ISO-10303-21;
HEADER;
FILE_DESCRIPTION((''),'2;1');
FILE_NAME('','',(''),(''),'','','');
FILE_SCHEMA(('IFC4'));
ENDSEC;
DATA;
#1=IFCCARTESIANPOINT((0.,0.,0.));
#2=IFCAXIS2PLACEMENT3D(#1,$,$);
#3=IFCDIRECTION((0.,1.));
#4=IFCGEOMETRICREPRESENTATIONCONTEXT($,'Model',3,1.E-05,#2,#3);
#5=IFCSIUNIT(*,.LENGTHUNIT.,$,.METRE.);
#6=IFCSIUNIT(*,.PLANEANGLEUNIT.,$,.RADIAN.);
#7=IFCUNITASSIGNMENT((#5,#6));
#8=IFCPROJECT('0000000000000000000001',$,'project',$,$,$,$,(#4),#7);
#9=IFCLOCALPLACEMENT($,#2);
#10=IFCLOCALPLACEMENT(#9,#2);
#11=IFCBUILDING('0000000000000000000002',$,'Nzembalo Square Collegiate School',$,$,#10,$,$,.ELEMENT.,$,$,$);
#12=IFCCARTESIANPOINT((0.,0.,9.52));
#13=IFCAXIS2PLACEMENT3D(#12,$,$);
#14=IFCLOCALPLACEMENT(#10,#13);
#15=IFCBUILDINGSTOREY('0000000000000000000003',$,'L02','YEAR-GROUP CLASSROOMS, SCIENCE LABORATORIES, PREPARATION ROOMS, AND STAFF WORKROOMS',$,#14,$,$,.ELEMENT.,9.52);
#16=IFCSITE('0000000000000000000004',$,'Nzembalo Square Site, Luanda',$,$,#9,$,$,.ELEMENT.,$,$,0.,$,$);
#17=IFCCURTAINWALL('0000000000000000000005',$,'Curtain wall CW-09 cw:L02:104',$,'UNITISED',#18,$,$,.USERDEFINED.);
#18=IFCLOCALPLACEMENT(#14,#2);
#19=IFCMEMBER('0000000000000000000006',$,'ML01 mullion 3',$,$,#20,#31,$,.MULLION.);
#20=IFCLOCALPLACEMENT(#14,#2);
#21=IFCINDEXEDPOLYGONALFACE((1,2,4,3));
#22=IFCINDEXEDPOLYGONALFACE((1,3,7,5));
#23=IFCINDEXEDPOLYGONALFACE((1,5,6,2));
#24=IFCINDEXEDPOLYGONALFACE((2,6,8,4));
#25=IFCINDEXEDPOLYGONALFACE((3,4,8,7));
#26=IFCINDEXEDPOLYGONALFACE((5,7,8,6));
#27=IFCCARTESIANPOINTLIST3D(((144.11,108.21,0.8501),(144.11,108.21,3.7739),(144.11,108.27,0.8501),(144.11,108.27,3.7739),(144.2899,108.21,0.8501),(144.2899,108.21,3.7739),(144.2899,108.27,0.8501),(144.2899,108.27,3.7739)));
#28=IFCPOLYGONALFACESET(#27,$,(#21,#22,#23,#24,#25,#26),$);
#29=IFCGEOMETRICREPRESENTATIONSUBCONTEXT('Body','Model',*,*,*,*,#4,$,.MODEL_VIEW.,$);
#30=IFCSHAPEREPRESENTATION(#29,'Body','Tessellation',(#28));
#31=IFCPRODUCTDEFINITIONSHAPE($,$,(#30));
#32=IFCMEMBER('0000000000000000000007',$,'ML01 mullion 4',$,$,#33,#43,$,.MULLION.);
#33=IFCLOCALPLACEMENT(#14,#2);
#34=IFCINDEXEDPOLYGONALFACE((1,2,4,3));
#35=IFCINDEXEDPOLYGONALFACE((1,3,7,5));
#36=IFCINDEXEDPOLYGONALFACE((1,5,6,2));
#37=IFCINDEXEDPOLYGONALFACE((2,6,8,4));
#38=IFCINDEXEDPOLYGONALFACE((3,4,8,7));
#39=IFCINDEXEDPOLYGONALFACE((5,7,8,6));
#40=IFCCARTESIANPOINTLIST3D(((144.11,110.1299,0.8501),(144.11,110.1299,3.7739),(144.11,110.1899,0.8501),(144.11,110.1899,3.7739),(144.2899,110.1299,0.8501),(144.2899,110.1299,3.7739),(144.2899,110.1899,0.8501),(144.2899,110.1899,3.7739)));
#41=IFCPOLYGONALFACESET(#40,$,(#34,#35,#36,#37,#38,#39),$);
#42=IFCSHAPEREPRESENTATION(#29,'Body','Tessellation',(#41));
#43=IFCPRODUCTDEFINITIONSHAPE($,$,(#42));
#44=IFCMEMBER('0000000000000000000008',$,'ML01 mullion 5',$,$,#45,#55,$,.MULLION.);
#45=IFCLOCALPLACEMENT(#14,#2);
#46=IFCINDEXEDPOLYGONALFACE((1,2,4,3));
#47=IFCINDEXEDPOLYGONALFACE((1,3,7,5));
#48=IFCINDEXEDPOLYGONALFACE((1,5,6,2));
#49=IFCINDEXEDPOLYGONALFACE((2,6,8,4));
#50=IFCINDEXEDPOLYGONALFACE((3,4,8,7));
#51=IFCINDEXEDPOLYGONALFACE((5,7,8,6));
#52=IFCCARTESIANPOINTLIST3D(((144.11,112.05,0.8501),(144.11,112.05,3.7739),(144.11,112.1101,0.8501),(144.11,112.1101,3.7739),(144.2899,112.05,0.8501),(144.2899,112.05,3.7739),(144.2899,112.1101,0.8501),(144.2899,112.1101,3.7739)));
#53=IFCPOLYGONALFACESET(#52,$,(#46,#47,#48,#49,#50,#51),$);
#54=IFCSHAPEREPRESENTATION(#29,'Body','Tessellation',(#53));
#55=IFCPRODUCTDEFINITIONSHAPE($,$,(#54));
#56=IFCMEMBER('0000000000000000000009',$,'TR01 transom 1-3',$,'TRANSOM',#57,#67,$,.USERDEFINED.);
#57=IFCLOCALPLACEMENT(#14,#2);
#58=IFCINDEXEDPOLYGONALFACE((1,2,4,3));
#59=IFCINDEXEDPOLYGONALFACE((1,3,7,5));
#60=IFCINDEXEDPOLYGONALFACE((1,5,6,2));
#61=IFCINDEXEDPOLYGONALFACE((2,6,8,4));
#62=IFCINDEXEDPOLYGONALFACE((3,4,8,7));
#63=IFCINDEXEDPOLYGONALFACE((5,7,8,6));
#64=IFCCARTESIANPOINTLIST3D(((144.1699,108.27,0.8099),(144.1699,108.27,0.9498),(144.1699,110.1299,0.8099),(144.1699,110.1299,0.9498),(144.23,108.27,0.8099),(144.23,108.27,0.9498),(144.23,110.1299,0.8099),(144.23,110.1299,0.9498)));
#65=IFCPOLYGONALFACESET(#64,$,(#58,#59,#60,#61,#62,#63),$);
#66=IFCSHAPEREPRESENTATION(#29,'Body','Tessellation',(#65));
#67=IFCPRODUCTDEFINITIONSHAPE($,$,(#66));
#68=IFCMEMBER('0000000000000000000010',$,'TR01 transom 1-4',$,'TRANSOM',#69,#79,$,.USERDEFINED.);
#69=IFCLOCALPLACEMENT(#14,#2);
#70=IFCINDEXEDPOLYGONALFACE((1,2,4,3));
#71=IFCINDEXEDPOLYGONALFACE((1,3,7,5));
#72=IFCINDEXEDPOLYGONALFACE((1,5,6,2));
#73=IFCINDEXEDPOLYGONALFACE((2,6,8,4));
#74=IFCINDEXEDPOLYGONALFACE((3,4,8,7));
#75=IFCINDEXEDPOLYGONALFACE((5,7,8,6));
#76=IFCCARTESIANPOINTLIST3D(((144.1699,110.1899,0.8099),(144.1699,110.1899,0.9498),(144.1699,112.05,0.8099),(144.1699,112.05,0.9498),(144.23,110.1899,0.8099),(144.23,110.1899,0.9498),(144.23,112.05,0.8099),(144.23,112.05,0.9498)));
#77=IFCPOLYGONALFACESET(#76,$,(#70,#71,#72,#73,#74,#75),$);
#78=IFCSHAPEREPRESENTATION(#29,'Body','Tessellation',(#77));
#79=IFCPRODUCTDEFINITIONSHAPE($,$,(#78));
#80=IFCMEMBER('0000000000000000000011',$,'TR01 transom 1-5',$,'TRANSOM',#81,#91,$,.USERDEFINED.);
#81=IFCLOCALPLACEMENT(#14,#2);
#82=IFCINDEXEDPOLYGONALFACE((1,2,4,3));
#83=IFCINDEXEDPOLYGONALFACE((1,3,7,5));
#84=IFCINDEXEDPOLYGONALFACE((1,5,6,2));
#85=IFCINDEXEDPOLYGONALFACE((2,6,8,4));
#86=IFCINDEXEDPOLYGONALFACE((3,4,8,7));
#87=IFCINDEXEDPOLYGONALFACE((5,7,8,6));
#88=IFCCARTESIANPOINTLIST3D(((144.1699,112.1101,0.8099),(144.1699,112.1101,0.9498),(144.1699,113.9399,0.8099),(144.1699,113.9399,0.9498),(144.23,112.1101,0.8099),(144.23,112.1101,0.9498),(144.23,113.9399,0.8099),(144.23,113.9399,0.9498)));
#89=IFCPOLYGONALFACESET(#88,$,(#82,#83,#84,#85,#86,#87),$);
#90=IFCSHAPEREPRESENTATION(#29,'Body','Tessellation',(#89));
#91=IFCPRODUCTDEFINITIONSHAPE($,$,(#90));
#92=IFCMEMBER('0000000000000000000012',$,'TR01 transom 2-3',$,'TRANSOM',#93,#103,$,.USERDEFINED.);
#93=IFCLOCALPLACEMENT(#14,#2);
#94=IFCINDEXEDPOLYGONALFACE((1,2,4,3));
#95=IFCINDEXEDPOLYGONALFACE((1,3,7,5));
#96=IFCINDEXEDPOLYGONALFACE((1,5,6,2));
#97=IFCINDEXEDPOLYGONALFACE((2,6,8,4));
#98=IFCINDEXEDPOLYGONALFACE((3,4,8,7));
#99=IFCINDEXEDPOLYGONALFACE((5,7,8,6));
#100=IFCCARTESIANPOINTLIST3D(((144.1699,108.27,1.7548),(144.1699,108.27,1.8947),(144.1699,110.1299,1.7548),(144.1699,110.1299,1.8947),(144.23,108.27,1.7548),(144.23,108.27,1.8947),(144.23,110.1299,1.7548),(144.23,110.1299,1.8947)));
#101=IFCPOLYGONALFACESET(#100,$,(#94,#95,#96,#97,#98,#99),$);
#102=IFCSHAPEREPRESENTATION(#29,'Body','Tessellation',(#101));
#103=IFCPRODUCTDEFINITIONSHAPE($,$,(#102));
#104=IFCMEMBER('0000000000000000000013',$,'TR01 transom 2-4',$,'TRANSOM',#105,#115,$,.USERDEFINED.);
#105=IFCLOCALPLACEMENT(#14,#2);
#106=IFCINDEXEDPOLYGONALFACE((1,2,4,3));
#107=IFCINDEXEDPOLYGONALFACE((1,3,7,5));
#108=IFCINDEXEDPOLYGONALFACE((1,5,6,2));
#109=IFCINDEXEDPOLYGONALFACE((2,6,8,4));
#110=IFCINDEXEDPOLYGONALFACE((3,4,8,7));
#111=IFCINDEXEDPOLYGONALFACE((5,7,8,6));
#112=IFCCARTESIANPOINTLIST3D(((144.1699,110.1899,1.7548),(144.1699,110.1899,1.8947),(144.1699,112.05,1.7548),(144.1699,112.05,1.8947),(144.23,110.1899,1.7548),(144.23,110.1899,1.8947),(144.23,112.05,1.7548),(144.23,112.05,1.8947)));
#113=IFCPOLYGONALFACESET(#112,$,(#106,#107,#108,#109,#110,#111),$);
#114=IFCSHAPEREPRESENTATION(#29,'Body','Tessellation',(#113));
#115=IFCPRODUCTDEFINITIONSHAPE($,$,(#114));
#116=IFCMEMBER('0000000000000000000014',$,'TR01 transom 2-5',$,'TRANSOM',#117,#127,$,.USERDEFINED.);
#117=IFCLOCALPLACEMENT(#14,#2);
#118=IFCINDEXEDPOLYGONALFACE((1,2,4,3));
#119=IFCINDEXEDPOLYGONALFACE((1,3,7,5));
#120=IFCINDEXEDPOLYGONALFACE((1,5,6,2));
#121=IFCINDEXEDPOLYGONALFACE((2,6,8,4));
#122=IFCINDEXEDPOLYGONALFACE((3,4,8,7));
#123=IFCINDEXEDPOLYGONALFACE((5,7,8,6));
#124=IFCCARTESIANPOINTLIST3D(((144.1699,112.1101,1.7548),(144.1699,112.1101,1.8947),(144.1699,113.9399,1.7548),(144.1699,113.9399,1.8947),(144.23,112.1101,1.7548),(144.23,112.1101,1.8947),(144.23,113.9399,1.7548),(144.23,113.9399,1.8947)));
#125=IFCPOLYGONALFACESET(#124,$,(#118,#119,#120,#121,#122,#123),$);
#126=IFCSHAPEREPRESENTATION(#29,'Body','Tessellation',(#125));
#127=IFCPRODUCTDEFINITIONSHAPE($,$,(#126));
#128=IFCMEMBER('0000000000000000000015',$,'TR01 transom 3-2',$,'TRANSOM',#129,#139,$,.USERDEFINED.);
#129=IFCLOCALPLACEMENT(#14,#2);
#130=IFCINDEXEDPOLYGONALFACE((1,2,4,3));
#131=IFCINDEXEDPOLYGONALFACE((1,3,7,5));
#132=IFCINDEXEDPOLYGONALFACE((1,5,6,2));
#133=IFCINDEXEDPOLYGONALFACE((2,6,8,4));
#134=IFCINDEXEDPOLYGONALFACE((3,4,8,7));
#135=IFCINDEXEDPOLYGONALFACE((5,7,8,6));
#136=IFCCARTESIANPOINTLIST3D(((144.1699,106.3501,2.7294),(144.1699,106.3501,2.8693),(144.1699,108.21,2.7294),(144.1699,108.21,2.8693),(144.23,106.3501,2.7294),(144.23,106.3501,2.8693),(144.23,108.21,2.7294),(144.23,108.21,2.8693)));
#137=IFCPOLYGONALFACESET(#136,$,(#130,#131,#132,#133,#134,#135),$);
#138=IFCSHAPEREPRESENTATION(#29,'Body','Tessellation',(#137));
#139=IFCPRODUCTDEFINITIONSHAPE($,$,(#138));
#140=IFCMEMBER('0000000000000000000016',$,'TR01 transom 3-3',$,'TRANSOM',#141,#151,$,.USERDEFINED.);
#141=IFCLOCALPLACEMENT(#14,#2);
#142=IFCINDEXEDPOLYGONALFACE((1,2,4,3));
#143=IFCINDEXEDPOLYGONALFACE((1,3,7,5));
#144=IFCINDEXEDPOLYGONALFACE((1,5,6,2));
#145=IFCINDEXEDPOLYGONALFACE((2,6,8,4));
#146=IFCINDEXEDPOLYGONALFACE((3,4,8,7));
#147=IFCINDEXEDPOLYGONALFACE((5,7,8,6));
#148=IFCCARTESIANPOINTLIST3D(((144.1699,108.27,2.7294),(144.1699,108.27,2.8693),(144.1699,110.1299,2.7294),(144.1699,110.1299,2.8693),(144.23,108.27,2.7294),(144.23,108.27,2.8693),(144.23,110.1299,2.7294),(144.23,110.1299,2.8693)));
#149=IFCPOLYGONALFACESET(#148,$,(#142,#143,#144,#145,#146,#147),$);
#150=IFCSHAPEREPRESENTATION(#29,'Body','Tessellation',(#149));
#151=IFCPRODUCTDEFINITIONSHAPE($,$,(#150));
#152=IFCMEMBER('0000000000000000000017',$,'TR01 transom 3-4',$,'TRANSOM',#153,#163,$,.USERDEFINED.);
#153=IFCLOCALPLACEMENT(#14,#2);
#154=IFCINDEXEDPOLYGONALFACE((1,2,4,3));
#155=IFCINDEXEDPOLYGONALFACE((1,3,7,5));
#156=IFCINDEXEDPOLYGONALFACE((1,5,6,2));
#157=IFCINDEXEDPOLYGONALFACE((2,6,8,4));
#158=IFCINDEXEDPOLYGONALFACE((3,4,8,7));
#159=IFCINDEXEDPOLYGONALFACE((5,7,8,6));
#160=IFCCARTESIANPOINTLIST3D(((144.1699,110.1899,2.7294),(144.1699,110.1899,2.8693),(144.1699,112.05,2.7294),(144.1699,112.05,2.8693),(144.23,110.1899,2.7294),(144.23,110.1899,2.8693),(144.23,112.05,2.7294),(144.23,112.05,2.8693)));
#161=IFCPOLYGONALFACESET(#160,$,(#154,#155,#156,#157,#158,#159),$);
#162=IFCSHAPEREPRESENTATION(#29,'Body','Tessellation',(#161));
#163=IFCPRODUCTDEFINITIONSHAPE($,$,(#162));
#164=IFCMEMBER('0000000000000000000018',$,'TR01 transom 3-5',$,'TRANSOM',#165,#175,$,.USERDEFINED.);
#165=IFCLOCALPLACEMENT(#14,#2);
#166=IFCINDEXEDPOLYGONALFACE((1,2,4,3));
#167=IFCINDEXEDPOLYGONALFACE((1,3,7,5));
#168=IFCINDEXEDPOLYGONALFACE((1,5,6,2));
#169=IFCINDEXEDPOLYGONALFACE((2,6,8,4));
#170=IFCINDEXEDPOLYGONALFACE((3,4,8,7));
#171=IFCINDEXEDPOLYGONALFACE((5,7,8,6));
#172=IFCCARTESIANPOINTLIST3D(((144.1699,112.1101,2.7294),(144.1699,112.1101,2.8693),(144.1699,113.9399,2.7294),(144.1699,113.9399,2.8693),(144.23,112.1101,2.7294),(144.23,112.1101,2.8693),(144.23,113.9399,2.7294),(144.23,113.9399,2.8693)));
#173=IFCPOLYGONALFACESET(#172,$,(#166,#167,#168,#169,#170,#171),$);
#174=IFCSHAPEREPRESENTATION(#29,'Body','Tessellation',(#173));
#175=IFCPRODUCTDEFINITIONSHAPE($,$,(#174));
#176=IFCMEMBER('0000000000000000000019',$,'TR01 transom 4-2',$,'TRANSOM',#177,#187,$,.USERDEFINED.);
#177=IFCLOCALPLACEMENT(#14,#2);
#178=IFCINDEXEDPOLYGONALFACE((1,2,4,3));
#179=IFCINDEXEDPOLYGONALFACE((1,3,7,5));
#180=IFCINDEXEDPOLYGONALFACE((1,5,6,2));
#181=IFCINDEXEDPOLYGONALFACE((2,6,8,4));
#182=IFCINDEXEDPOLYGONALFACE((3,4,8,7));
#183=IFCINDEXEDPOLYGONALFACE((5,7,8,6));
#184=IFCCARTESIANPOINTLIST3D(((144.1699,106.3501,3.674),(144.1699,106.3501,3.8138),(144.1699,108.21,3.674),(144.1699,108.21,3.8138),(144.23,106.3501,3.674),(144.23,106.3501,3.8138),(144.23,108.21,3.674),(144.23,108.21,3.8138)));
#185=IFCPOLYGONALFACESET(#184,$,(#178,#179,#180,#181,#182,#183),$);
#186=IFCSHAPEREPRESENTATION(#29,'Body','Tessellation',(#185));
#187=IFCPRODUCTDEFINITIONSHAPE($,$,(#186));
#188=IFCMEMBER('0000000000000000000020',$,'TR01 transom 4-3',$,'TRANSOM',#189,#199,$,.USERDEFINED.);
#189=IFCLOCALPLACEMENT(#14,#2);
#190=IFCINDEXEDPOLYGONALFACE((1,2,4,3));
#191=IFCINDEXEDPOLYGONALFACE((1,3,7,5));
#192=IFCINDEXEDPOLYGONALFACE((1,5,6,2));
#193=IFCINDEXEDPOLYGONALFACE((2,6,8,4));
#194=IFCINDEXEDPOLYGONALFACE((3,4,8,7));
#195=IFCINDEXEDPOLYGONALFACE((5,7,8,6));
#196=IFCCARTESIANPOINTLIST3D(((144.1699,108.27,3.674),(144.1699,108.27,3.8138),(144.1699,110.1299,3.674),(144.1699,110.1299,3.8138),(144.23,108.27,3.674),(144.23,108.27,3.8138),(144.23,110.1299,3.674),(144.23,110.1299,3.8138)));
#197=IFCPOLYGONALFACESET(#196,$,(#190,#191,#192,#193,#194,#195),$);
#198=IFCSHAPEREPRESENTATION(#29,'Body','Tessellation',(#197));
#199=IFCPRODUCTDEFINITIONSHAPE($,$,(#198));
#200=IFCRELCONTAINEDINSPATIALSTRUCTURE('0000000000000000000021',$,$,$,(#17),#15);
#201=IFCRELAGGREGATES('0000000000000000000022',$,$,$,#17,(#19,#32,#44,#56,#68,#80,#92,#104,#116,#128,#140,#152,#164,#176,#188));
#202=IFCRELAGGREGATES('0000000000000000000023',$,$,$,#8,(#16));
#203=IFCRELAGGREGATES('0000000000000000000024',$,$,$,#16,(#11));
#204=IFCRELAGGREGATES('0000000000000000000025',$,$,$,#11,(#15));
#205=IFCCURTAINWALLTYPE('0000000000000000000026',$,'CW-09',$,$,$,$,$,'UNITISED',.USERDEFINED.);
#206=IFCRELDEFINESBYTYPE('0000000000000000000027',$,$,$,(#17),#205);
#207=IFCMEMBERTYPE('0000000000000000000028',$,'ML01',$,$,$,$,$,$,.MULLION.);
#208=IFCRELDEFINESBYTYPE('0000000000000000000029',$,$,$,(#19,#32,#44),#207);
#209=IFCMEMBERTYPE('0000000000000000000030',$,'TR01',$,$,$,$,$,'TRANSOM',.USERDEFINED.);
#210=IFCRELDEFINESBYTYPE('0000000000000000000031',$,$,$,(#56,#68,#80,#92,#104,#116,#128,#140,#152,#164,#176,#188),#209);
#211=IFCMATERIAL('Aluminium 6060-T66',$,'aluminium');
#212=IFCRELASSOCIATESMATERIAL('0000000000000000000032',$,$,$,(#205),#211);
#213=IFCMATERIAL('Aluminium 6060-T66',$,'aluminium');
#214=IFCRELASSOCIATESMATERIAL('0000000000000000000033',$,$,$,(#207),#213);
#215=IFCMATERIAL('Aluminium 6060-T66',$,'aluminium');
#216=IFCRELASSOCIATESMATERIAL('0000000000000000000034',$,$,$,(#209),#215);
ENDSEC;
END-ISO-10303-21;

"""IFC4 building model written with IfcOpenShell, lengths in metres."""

from ifc_helpers import new_model, si_unit, direction, frame, origin, origin_2d, place, context, subcontext, project, spatial, rectangle, extrude, material, material_profile, profile_set, type_object, element, aggregate, save


model = new_model("IFC4")

# Units and contexts
model_context = context("Model", 3, precision=1e-05, world=origin(), true_north=direction((0.0, 1.0)))
body_context = subcontext(model_context, "Body", "Model", "MODEL_VIEW")
ifc_project = project(units=[si_unit("LENGTHUNIT", "METRE"), si_unit("PLANEANGLEUNIT", "RADIAN")], contexts=[model_context])

# Site, building, storey
site_placement = place(None, origin())
site = spatial("IfcSite", under=ifc_project, at=site_placement, Name="Nzembalo Square Site, Luanda", CompositionType="ELEMENT", RefElevation=0.0)
building_placement = place(site_placement, origin())
building = spatial("IfcBuilding", under=site, at=building_placement, Name="Nzembalo Square Collegiate School", CompositionType="ELEMENT")
storey_placement = place(building_placement, frame((0.0, 0.0, 9.52)))
storey = spatial("IfcBuildingStorey", under=building, at=storey_placement, Name="L02", Description="YEAR-GROUP CLASSROOMS, SCIENCE LABORATORIES, PREPARATION ROOMS, AND STAFF WORKROOMS", CompositionType="ELEMENT", Elevation=9.52)

# Curtain wall, members
ifc_material_1 = material(Name="Aluminium 6060-T66", Category="aluminium")
curtain_wall_type = type_object("IfcCurtainWallType", Name="CW-09", ElementType="UNITISED", PredefinedType="USERDEFINED", material=ifc_material_1)
curtain_wall_placement = place(storey_placement, origin())
curtain_wall = element("IfcCurtainWall", 1, at=curtain_wall_placement, inside=storey, type_object=curtain_wall_type, Name="Curtain wall CW-09 cw:L02:104", ObjectType="UNITISED", PredefinedType="USERDEFINED")
ifc_material_2 = material(Name="Aluminium 6060-T66", Category="aluminium")
ifc_material_profile_1 = material_profile(ifc_material_2, rectangle(XDim=0.0601, YDim=0.1799, at=origin_2d()), Name="ALU M60x180")
ifc_profile_set_1 = profile_set([ifc_material_profile_1], Name="Aluminium 6060-T66")
member_type_1 = type_object("IfcMemberType", Name="ML01", PredefinedType="MULLION", material=ifc_profile_set_1)
member_1_placement = place(storey_placement, frame((144.2, 108.24, 0.8501), z_axis=(0.0, 0.0, 1.0), x_axis=(0.0, 1.0, 0.0)))
member_1 = element("IfcMember", 2, at=member_1_placement, type_object=member_type_1, Name="ML01 mullion 3", PredefinedType="MULLION", context=body_context, shape_type="SweptSolid", body=[
    extrude(rectangle(XDim=0.0601, YDim=0.1799, at=origin_2d()), origin(), (0.0, 0.0, 1.0), 2.9238),
])
member_2_placement = place(storey_placement, frame((144.2, 110.1599, 0.8501), z_axis=(0.0, 0.0, 1.0), x_axis=(0.0, 1.0, 0.0)))
member_2 = element("IfcMember", 3, at=member_2_placement, type_object=member_type_1, Name="ML01 mullion 4", PredefinedType="MULLION", context=body_context, shape_type="SweptSolid", body=[
    extrude(rectangle(XDim=0.0601, YDim=0.1799, at=origin_2d()), origin(), (0.0, 0.0, 1.0), 2.9238),
])
member_3_placement = place(storey_placement, frame((144.2, 112.0801, 0.8501), z_axis=(0.0, 0.0, 1.0), x_axis=(0.0, 1.0, 0.0)))
member_3 = element("IfcMember", 4, at=member_3_placement, type_object=member_type_1, Name="ML01 mullion 5", PredefinedType="MULLION", context=body_context, shape_type="SweptSolid", body=[
    extrude(rectangle(XDim=0.0601, YDim=0.1799, at=origin_2d()), origin(), (0.0, 0.0, 1.0), 2.9238),
])
ifc_material_3 = material(Name="Aluminium 6060-T66", Category="aluminium")
ifc_material_profile_2 = material_profile(ifc_material_3, rectangle(XDim=0.0601, YDim=0.1399, at=origin_2d()), Name="ALU T60x140")
ifc_profile_set_2 = profile_set([ifc_material_profile_2], Name="Aluminium 6060-T66")
member_type_2 = type_object("IfcMemberType", Name="TR01", ElementType="TRANSOM", PredefinedType="USERDEFINED", material=ifc_profile_set_2)
member_4_placement = place(storey_placement, frame((144.2, 108.27, 0.8799), z_axis=(0.0, 1.0, 0.0), x_axis=(-1.0, 0.0, 0.0)))
member_4 = element("IfcMember", 5, at=member_4_placement, type_object=member_type_2, Name="TR01 transom 1-3", ObjectType="TRANSOM", PredefinedType="USERDEFINED", context=body_context, shape_type="SweptSolid", body=[
    extrude(rectangle(XDim=0.0601, YDim=0.1399, at=origin_2d()), origin(), (0.0, 0.0, 1.0), 1.8599),
])
member_5_placement = place(storey_placement, frame((144.2, 110.1899, 0.8799), z_axis=(0.0, 1.0, 0.0), x_axis=(-1.0, 0.0, 0.0)))
member_5 = element("IfcMember", 6, at=member_5_placement, type_object=member_type_2, Name="TR01 transom 1-4", ObjectType="TRANSOM", PredefinedType="USERDEFINED", context=body_context, shape_type="SweptSolid", body=[
    extrude(rectangle(XDim=0.0601, YDim=0.1399, at=origin_2d()), origin(), (0.0, 0.0, 1.0), 1.8601),
])
member_6_placement = place(storey_placement, frame((144.2, 112.1101, 0.8799), z_axis=(0.0, 1.0, 0.0), x_axis=(-1.0, 0.0, 0.0)))
member_6 = element("IfcMember", 7, at=member_6_placement, type_object=member_type_2, Name="TR01 transom 1-5", ObjectType="TRANSOM", PredefinedType="USERDEFINED", context=body_context, shape_type="SweptSolid", body=[
    extrude(rectangle(XDim=0.0601, YDim=0.1399, at=origin_2d()), origin(), (0.0, 0.0, 1.0), 1.8298),
])
member_7_placement = place(storey_placement, frame((144.2, 108.27, 1.8247), z_axis=(0.0, 1.0, 0.0), x_axis=(-1.0, 0.0, 0.0)))
member_7 = element("IfcMember", 8, at=member_7_placement, type_object=member_type_2, Name="TR01 transom 2-3", ObjectType="TRANSOM", PredefinedType="USERDEFINED", context=body_context, shape_type="SweptSolid", body=[
    extrude(rectangle(XDim=0.0601, YDim=0.1399, at=origin_2d()), origin(), (0.0, 0.0, 1.0), 1.8599),
])
member_8_placement = place(storey_placement, frame((144.2, 110.1899, 1.8247), z_axis=(0.0, 1.0, 0.0), x_axis=(-1.0, 0.0, 0.0)))
member_8 = element("IfcMember", 9, at=member_8_placement, type_object=member_type_2, Name="TR01 transom 2-4", ObjectType="TRANSOM", PredefinedType="USERDEFINED", context=body_context, shape_type="SweptSolid", body=[
    extrude(rectangle(XDim=0.0601, YDim=0.1399, at=origin_2d()), origin(), (0.0, 0.0, 1.0), 1.8601),
])
member_9_placement = place(storey_placement, frame((144.2, 112.1101, 1.8247), z_axis=(0.0, 1.0, 0.0), x_axis=(-1.0, 0.0, 0.0)))
member_9 = element("IfcMember", 10, at=member_9_placement, type_object=member_type_2, Name="TR01 transom 2-5", ObjectType="TRANSOM", PredefinedType="USERDEFINED", context=body_context, shape_type="SweptSolid", body=[
    extrude(rectangle(XDim=0.0601, YDim=0.1399, at=origin_2d()), origin(), (0.0, 0.0, 1.0), 1.8298),
])
member_10_placement = place(storey_placement, frame((144.2, 106.3501, 2.7993), z_axis=(0.0, 1.0, 0.0), x_axis=(-1.0, 0.0, 0.0)))
member_10 = element("IfcMember", 11, at=member_10_placement, type_object=member_type_2, Name="TR01 transom 3-2", ObjectType="TRANSOM", PredefinedType="USERDEFINED", context=body_context, shape_type="SweptSolid", body=[
    extrude(rectangle(XDim=0.0601, YDim=0.1399, at=origin_2d()), origin(), (0.0, 0.0, 1.0), 1.8599),
])
member_11_placement = place(storey_placement, frame((144.2, 108.27, 2.7993), z_axis=(0.0, 1.0, 0.0), x_axis=(-1.0, 0.0, 0.0)))
member_11 = element("IfcMember", 12, at=member_11_placement, type_object=member_type_2, Name="TR01 transom 3-3", ObjectType="TRANSOM", PredefinedType="USERDEFINED", context=body_context, shape_type="SweptSolid", body=[
    extrude(rectangle(XDim=0.0601, YDim=0.1399, at=origin_2d()), origin(), (0.0, 0.0, 1.0), 1.8599),
])
member_12_placement = place(storey_placement, frame((144.2, 110.1899, 2.7993), z_axis=(0.0, 1.0, 0.0), x_axis=(-1.0, 0.0, 0.0)))
member_12 = element("IfcMember", 13, at=member_12_placement, type_object=member_type_2, Name="TR01 transom 3-4", ObjectType="TRANSOM", PredefinedType="USERDEFINED", context=body_context, shape_type="SweptSolid", body=[
    extrude(rectangle(XDim=0.0601, YDim=0.1399, at=origin_2d()), origin(), (0.0, 0.0, 1.0), 1.8601),
])
member_13_placement = place(storey_placement, frame((144.2, 112.1101, 2.7993), z_axis=(0.0, 1.0, 0.0), x_axis=(-1.0, 0.0, 0.0)))
member_13 = element("IfcMember", 14, at=member_13_placement, type_object=member_type_2, Name="TR01 transom 3-5", ObjectType="TRANSOM", PredefinedType="USERDEFINED", context=body_context, shape_type="SweptSolid", body=[
    extrude(rectangle(XDim=0.0601, YDim=0.1399, at=origin_2d()), origin(), (0.0, 0.0, 1.0), 1.8298),
])
member_14_placement = place(storey_placement, frame((144.2, 106.3501, 3.7439), z_axis=(0.0, 1.0, 0.0), x_axis=(-1.0, 0.0, 0.0)))
member_14 = element("IfcMember", 15, at=member_14_placement, type_object=member_type_2, Name="TR01 transom 4-2", ObjectType="TRANSOM", PredefinedType="USERDEFINED", context=body_context, shape_type="SweptSolid", body=[
    extrude(rectangle(XDim=0.0601, YDim=0.1399, at=origin_2d()), origin(), (0.0, 0.0, 1.0), 1.8599),
])
member_15_placement = place(storey_placement, frame((144.2, 108.27, 3.7439), z_axis=(0.0, 1.0, 0.0), x_axis=(-1.0, 0.0, 0.0)))
member_15 = element("IfcMember", 16, at=member_15_placement, type_object=member_type_2, Name="TR01 transom 4-3", ObjectType="TRANSOM", PredefinedType="USERDEFINED", context=body_context, shape_type="SweptSolid", body=[
    extrude(rectangle(XDim=0.0601, YDim=0.1399, at=origin_2d()), origin(), (0.0, 0.0, 1.0), 1.8599),
])
aggregate(curtain_wall, [member_1, member_2, member_3, member_4, member_5, member_6, member_7, member_8, member_9, member_10, member_11, member_12, member_13, member_14, member_15])

save(model, "model.ifc")
